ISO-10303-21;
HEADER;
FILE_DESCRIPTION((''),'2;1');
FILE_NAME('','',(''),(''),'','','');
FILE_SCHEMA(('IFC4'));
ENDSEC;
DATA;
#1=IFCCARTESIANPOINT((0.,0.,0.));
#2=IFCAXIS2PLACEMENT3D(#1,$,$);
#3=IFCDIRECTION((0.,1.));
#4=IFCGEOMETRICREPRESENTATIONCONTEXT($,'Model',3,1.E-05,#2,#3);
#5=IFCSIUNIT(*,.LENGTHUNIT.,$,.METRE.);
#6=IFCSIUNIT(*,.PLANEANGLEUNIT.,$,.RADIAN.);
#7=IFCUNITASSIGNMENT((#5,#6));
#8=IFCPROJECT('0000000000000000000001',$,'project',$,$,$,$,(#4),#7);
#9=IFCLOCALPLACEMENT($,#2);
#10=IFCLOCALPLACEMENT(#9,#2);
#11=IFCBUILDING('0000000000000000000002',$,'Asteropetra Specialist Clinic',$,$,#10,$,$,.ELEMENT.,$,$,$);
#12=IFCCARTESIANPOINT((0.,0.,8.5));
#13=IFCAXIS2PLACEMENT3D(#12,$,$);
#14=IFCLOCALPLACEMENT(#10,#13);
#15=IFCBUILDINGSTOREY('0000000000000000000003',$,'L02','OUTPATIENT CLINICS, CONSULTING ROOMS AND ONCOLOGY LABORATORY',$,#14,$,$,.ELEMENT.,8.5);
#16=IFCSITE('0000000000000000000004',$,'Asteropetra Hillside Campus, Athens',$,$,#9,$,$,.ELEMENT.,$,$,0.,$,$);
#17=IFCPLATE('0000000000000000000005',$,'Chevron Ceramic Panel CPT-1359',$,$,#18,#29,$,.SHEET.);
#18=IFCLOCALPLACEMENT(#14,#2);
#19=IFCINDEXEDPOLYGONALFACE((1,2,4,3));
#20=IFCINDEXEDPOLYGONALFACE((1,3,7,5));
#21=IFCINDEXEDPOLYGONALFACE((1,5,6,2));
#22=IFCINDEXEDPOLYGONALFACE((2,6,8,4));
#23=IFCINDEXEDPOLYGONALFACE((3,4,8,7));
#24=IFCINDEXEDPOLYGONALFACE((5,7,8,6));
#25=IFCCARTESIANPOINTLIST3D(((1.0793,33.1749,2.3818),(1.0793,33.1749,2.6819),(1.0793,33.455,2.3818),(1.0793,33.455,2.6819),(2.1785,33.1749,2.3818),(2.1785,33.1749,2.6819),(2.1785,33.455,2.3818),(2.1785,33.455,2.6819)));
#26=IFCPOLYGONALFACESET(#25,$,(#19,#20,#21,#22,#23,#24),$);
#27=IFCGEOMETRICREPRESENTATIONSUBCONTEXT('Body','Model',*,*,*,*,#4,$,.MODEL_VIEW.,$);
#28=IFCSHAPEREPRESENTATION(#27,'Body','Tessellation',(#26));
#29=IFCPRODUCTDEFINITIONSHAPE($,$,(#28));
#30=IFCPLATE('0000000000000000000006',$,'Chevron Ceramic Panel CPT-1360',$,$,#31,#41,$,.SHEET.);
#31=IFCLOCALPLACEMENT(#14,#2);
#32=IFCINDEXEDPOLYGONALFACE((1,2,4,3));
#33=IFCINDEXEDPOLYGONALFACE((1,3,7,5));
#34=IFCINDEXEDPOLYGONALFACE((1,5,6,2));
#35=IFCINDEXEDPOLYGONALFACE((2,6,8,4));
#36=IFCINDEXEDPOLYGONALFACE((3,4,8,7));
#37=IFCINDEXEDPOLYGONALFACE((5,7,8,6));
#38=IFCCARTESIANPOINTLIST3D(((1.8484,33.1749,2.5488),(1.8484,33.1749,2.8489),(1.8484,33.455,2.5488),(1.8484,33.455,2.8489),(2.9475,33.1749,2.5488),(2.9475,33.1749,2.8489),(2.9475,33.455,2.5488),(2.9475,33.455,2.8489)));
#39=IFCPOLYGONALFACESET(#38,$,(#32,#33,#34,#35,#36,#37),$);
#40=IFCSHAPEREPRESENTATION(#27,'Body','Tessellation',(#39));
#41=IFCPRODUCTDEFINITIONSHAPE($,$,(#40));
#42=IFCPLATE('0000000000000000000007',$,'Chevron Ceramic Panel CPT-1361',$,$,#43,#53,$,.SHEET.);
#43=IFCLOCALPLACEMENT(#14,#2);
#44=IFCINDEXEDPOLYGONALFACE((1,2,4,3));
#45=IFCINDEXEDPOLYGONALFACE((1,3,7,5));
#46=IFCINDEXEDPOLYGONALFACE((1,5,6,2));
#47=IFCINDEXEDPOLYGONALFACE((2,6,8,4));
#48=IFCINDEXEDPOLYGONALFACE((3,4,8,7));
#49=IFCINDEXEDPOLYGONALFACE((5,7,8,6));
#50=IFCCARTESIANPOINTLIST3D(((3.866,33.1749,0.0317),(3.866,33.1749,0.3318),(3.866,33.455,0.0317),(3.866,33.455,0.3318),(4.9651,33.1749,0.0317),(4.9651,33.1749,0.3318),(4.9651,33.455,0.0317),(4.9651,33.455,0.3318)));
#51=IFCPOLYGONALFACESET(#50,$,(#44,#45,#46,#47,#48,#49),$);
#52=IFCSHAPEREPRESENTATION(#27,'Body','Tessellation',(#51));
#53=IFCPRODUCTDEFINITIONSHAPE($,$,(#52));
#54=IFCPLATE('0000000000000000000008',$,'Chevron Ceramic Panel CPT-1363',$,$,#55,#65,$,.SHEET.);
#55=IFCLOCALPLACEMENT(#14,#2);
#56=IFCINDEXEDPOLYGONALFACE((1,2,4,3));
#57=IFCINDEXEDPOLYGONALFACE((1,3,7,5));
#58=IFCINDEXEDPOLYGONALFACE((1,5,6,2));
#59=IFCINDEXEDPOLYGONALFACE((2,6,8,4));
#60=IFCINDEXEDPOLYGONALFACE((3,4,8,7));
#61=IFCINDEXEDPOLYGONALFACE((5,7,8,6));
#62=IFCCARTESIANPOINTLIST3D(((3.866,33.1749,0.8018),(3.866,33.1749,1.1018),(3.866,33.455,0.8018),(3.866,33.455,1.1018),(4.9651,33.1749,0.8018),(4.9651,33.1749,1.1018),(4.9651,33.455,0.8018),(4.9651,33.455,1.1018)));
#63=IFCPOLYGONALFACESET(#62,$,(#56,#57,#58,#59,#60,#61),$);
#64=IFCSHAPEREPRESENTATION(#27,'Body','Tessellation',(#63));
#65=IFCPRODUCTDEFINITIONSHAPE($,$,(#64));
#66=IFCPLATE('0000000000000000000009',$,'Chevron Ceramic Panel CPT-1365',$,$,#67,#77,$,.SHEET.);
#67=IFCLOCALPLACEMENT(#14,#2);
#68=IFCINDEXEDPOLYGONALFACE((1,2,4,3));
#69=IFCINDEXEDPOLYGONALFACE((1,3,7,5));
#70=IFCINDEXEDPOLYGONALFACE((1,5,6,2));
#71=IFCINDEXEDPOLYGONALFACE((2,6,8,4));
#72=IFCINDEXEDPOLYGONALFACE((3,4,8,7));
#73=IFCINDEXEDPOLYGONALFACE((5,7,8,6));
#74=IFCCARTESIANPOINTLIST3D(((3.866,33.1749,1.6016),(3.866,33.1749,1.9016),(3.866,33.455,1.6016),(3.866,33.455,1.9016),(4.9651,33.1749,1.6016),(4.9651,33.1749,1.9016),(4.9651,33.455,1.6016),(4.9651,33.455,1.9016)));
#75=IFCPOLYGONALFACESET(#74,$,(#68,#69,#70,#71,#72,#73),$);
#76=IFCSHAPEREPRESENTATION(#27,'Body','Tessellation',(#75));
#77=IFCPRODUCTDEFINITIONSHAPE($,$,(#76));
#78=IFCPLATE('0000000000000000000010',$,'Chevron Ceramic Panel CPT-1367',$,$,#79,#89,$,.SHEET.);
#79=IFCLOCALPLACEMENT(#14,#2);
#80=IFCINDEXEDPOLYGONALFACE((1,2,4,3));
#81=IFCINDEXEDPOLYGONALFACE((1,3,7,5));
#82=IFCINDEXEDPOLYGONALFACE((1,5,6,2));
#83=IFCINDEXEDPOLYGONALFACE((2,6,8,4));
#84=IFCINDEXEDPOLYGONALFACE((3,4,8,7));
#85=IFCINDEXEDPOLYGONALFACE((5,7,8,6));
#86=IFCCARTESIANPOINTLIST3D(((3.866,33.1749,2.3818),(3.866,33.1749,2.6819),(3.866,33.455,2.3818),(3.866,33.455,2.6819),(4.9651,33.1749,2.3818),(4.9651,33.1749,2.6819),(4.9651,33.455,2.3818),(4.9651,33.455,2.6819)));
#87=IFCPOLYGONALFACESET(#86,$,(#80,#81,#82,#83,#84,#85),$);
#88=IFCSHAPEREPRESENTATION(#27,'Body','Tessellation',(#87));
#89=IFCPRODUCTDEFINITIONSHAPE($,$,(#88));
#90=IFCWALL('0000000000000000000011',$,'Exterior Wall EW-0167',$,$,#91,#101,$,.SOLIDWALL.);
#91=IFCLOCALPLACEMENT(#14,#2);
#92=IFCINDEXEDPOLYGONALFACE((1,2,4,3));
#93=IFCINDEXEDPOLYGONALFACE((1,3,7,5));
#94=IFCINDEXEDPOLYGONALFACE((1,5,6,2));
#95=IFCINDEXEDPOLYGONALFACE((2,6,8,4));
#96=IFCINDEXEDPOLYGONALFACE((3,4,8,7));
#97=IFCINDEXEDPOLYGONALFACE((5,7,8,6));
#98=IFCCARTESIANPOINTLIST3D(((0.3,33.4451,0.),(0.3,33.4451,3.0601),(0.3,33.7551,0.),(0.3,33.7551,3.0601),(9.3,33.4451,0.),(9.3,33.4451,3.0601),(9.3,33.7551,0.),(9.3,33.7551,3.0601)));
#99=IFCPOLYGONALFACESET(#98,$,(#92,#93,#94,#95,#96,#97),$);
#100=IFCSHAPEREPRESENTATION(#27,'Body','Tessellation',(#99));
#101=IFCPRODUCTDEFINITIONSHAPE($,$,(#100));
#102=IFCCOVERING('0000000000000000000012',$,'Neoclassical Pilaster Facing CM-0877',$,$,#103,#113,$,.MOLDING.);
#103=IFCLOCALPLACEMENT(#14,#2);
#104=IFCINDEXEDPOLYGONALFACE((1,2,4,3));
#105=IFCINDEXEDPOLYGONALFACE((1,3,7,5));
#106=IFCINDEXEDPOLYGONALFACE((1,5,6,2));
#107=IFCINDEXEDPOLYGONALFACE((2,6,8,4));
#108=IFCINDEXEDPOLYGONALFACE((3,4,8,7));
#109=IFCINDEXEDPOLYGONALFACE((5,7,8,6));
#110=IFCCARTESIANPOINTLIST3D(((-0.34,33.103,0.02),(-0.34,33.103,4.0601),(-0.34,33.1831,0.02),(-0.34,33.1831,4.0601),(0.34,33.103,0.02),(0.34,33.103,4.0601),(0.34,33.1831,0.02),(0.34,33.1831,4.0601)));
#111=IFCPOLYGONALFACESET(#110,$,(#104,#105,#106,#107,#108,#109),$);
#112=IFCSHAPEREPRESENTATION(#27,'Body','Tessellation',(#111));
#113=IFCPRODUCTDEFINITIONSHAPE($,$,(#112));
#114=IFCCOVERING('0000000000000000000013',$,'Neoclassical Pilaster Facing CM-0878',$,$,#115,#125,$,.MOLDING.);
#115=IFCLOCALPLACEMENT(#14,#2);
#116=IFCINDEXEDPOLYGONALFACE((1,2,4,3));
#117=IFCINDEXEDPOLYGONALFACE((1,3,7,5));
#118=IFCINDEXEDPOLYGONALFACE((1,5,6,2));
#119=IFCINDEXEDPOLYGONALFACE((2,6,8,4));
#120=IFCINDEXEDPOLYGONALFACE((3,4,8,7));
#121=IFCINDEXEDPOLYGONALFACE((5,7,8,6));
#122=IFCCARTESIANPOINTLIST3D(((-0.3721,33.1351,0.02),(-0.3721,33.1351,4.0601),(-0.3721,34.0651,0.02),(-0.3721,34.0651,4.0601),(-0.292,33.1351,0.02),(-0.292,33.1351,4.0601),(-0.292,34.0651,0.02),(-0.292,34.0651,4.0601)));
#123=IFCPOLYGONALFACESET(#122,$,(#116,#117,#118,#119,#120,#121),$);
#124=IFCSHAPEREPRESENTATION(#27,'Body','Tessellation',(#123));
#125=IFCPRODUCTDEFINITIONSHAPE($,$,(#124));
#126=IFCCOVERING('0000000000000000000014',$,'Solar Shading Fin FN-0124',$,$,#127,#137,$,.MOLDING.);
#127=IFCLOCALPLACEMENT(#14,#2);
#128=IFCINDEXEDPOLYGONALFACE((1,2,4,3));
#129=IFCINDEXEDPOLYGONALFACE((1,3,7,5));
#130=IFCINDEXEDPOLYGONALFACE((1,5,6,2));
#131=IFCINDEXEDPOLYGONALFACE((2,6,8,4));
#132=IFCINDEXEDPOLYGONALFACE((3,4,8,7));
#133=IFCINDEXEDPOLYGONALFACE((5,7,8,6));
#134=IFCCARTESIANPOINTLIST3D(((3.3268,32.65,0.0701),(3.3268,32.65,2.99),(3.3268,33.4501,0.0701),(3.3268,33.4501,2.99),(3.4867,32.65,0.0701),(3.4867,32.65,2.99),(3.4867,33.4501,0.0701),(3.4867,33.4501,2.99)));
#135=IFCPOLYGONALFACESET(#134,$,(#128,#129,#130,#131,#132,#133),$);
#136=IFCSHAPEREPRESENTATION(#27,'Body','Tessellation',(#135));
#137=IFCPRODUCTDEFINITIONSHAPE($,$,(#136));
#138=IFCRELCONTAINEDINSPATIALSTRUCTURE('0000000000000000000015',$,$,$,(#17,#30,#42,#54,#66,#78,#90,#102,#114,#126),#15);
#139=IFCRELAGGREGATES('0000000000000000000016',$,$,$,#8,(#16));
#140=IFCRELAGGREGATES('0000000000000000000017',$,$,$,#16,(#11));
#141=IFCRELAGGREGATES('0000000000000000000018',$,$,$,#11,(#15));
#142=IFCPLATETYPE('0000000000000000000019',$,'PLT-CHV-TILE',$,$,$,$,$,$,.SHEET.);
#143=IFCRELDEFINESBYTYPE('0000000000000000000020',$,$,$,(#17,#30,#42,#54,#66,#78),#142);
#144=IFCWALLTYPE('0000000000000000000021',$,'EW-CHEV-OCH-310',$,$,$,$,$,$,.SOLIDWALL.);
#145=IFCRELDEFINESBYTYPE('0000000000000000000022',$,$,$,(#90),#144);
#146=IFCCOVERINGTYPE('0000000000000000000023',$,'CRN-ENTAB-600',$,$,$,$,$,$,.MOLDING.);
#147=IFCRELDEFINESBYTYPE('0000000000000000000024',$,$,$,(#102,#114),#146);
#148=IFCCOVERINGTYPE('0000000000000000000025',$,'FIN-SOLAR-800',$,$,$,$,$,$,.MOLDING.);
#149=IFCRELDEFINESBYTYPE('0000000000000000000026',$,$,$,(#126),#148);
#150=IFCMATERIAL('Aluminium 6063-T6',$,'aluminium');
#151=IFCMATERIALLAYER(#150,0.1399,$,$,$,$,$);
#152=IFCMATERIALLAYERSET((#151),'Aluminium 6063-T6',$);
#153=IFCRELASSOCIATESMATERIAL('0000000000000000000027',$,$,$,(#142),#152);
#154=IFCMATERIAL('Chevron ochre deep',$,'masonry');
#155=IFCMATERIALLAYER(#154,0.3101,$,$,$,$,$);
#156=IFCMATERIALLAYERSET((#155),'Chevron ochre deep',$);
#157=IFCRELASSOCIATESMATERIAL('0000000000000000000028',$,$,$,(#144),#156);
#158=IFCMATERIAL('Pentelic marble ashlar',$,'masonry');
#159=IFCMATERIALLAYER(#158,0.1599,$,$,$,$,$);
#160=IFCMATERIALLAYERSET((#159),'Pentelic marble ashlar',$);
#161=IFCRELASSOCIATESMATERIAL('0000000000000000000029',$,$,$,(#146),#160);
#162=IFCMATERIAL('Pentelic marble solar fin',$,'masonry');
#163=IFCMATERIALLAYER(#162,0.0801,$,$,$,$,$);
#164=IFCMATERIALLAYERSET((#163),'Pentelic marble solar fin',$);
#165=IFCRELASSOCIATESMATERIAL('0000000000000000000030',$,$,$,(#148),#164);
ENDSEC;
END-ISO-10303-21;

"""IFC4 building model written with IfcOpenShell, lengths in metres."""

from ifc_helpers import new_model, si_unit, direction, frame, frame_2d, origin, origin_2d, place, context, subcontext, project, spatial, rectangle, extrude, material, layer, layer_set, type_object, element, save


model = new_model("IFC4")

# Units and contexts
model_context = context("Model", 3, precision=1e-05, world=origin(), true_north=direction((0.0, 1.0)))
body_context = subcontext(model_context, "Body", "Model", "MODEL_VIEW")
ifc_project = project(units=[si_unit("LENGTHUNIT", "METRE"), si_unit("PLANEANGLEUNIT", "RADIAN")], contexts=[model_context])

# Site, building, storey
site_placement = place(None, origin())
site = spatial("IfcSite", under=ifc_project, at=site_placement, Name="Asteropetra Hillside Campus, Athens", CompositionType="ELEMENT", RefElevation=0.0)
building_placement = place(site_placement, origin())
building = spatial("IfcBuilding", under=site, at=building_placement, Name="Asteropetra Specialist Clinic", CompositionType="ELEMENT")
storey_placement = place(building_placement, frame((0.0, 0.0, 8.5)))
storey = spatial("IfcBuildingStorey", under=building, at=storey_placement, Name="L02", Description="OUTPATIENT CLINICS, CONSULTING ROOMS AND ONCOLOGY LABORATORY", CompositionType="ELEMENT", Elevation=8.5)

# Plates
ifc_material_1 = material(Name="Aluminium 6063-T6", Category="aluminium")
ifc_layer_1 = layer(ifc_material_1, 0.1399)
ifc_layer_set_1 = layer_set([ifc_layer_1], Name="Aluminium 6063-T6")
plate_type_1 = type_object("IfcPlateType", Name="PLT-CHV-TILE", PredefinedType="SHEET", material=ifc_layer_set_1)
for number, where, z_axis, x_axis, name in (
    (1, (1.6289, 33.3149, 2.3818), (0.0, 0.0, 1.0), (1.0, 0.0, 0.0), "Chevron Ceramic Panel CPT-1359"),
    (2, (2.3979, 33.3149, 2.5488), (0.0, 0.0, 1.0), (1.0, 0.0, 0.0), "Chevron Ceramic Panel CPT-1360"),
    (3, (4.4155, 33.3149, 0.0317), (0.0, 0.0, 1.0), (1.0, 0.0, 0.0), "Chevron Ceramic Panel CPT-1361"),
    (4, (4.4155, 33.3149, 0.8018), (0.0, 0.0, 1.0), (1.0, 0.0, 0.0), "Chevron Ceramic Panel CPT-1363"),
    (5, (4.4155, 33.3149, 1.6016), (0.0, 0.0, 1.0), (1.0, 0.0, 0.0), "Chevron Ceramic Panel CPT-1365"),
    (6, (4.4155, 33.3149, 2.3818), (0.0, 0.0, 1.0), (1.0, 0.0, 0.0), "Chevron Ceramic Panel CPT-1367"),
):
    element("IfcPlate", number, at=place(storey_placement, frame(where, z_axis=z_axis, x_axis=x_axis)), inside=storey, type_object=plate_type_1, Name=name, PredefinedType="SHEET", context=body_context, shape_type="SweptSolid", body=[
        extrude(rectangle(XDim=1.0991, YDim=0.28, at=origin_2d()), origin(), (0.0, 0.0, 1.0), 0.3),
    ])

# Wall
ifc_material_2 = material(Name="Chevron ochre deep", Category="masonry")
ifc_layer_2 = layer(ifc_material_2, 0.3101)
ifc_layer_set_2 = layer_set([ifc_layer_2], Name="Chevron ochre deep")
wall_type = type_object("IfcWallType", Name="EW-CHEV-OCH-310", PredefinedType="SOLIDWALL", material=ifc_layer_set_2)
wall_placement = place(storey_placement, frame((0.3, 33.6001, 0.0), z_axis=(0.0, 0.0, 1.0), x_axis=(1.0, 0.0, 0.0)))
element("IfcWall", 7, at=wall_placement, inside=storey, type_object=wall_type, Name="Exterior Wall EW-0167", PredefinedType="SOLIDWALL", context=body_context, shape_type="SweptSolid", body=[
    extrude(rectangle(XDim=9.0, YDim=0.3101, at=frame_2d((4.5, 0.0))), origin(), (0.0, 0.0, 1.0), 3.0601),
])

# Coverings
ifc_material_3 = material(Name="Pentelic marble ashlar", Category="masonry")
ifc_layer_3 = layer(ifc_material_3, 0.1599)
ifc_layer_set_3 = layer_set([ifc_layer_3], Name="Pentelic marble ashlar")
covering_type_1 = type_object("IfcCoveringType", Name="CRN-ENTAB-600", PredefinedType="MOLDING", material=ifc_layer_set_3)
covering_1_placement = place(storey_placement, frame((0.0, 33.1431, 0.02), z_axis=(0.0, 0.0, 1.0), x_axis=(1.0, 0.0, 0.0)))
element("IfcCovering", 8, at=covering_1_placement, inside=storey, type_object=covering_type_1, Name="Neoclassical Pilaster Facing CM-0877", PredefinedType="MOLDING", context=body_context, shape_type="SweptSolid", body=[
    extrude(rectangle(XDim=0.6799, YDim=0.0801, at=origin_2d()), origin(), (0.0, 0.0, 1.0), 4.04),
])
covering_2_placement = place(storey_placement, frame((-0.332, 33.6001, 0.02), z_axis=(0.0, 0.0, 1.0), x_axis=(1.0, 0.0, 0.0)))
element("IfcCovering", 9, at=covering_2_placement, inside=storey, type_object=covering_type_1, Name="Neoclassical Pilaster Facing CM-0878", PredefinedType="MOLDING", context=body_context, shape_type="SweptSolid", body=[
    extrude(rectangle(XDim=0.0801, YDim=0.9299, at=origin_2d()), origin(), (0.0, 0.0, 1.0), 4.04),
])
ifc_material_4 = material(Name="Pentelic marble solar fin", Category="masonry")
ifc_layer_4 = layer(ifc_material_4, 0.0801)
ifc_layer_set_4 = layer_set([ifc_layer_4], Name="Pentelic marble solar fin")
covering_type_2 = type_object("IfcCoveringType", Name="FIN-SOLAR-800", PredefinedType="MOLDING", material=ifc_layer_set_4)
covering_3_placement = place(storey_placement, frame((3.4067, 33.05, 0.0701), z_axis=(0.0, 0.0, 1.0), x_axis=(1.0, 0.0, 0.0)))
element("IfcCovering", 10, at=covering_3_placement, inside=storey, type_object=covering_type_2, Name="Solar Shading Fin FN-0124", PredefinedType="MOLDING", context=body_context, shape_type="SweptSolid", body=[
    extrude(rectangle(XDim=0.1599, YDim=0.8, at=origin_2d()), origin(), (0.0, 0.0, 1.0), 2.9199),
])

save(model, "model.ifc")
